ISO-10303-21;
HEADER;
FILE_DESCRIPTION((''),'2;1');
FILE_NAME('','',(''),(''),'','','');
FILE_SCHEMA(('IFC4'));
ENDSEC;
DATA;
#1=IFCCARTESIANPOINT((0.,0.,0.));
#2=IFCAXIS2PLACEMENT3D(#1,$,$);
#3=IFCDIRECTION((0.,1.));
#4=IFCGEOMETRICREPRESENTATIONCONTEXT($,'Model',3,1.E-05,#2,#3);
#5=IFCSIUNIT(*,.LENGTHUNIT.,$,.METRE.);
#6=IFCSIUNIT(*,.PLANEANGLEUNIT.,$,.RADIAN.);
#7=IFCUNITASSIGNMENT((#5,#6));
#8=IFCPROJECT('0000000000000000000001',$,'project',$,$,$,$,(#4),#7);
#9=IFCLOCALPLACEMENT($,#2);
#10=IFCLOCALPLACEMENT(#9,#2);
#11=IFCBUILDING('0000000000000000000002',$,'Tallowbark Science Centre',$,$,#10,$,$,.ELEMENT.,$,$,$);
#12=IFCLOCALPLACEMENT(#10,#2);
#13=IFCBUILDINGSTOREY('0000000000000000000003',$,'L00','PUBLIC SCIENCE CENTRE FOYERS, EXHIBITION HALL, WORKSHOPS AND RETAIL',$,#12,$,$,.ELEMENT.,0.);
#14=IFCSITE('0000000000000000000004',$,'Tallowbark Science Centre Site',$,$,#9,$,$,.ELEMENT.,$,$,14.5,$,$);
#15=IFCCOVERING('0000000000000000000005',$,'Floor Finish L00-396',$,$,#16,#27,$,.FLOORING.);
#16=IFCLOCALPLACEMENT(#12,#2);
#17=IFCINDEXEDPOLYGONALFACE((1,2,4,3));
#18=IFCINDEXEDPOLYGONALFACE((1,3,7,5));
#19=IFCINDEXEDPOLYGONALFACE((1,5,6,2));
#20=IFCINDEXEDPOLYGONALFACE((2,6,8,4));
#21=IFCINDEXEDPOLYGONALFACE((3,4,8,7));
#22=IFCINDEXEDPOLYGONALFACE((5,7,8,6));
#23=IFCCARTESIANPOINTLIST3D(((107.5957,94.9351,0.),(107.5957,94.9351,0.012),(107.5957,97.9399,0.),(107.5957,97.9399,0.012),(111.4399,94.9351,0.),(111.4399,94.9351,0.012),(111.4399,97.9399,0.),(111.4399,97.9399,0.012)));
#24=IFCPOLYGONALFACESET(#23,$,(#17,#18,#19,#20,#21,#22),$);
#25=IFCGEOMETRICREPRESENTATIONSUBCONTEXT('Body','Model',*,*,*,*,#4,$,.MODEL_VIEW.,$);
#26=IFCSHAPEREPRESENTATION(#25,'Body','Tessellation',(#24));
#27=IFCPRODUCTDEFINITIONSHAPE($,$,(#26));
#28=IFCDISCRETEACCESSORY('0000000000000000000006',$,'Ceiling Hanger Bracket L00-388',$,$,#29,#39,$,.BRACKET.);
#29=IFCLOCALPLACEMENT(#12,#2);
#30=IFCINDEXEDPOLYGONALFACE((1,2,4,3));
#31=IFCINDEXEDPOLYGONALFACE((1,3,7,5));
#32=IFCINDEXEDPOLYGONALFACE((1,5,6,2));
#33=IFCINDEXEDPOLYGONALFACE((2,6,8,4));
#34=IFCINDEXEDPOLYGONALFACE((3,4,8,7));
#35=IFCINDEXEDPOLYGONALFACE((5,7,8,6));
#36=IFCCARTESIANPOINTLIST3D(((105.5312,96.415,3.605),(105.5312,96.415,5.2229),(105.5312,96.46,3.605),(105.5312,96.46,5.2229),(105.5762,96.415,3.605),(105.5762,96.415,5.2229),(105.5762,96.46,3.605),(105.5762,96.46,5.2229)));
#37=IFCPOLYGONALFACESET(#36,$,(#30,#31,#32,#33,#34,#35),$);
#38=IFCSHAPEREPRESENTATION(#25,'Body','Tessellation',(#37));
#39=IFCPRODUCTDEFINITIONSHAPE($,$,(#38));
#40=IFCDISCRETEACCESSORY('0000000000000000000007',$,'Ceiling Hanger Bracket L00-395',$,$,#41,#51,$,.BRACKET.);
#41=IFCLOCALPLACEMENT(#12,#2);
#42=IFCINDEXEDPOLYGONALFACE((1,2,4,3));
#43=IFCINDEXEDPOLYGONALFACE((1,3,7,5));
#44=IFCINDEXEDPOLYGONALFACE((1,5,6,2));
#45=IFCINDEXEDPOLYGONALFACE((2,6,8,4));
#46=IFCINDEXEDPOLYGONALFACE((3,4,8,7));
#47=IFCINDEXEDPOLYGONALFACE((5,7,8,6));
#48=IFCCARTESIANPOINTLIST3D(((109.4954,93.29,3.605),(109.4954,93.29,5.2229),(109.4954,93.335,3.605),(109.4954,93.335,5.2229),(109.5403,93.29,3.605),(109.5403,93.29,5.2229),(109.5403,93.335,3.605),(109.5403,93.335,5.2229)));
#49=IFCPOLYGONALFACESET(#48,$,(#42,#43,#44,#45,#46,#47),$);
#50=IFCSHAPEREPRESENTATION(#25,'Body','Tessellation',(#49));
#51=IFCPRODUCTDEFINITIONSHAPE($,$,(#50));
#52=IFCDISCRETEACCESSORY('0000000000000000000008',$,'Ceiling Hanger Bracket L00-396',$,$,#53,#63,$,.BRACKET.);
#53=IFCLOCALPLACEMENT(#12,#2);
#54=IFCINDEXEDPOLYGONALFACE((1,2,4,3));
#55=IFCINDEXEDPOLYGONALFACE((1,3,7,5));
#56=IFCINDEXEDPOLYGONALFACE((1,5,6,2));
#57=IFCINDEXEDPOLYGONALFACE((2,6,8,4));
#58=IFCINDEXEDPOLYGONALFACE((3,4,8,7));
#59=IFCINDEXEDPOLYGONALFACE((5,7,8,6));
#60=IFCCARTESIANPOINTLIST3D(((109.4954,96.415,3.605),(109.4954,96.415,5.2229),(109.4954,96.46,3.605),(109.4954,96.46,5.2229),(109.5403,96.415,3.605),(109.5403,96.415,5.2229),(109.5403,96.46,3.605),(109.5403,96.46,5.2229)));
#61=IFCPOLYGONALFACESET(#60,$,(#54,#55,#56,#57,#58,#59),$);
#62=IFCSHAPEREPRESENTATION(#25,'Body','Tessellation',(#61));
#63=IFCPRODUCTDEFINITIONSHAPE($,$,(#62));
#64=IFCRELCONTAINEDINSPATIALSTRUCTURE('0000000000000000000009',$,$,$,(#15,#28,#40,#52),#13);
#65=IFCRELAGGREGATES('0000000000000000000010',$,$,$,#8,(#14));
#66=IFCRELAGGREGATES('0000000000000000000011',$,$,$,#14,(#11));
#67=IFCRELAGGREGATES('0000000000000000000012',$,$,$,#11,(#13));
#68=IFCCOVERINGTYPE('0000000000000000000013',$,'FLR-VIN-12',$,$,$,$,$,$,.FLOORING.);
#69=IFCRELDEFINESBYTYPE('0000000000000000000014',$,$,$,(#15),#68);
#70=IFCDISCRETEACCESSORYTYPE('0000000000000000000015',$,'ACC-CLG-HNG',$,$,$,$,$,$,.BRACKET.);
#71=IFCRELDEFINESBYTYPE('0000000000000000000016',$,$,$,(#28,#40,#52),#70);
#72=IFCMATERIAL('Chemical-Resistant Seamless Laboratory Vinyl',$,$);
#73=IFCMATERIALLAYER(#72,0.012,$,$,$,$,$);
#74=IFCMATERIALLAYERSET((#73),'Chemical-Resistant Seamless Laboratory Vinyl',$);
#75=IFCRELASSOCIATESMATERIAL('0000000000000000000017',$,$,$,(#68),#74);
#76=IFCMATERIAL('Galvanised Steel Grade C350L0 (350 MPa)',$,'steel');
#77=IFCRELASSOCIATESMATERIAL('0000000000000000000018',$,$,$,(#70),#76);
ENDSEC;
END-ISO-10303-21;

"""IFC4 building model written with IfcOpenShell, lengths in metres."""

from ifc_helpers import new_model, si_unit, direction, frame, origin, origin_2d, place, context, subcontext, project, spatial, rectangle, extrude, material, layer, layer_set, type_object, element, save


model = new_model("IFC4")

# Units and contexts
model_context = context("Model", 3, precision=1e-05, world=origin(), true_north=direction((0.0, 1.0)))
body_context = subcontext(model_context, "Body", "Model", "MODEL_VIEW")
ifc_project = project(units=[si_unit("LENGTHUNIT", "METRE"), si_unit("PLANEANGLEUNIT", "RADIAN")], contexts=[model_context])

# Site, building, storey
site_placement = place(None, origin())
site = spatial("IfcSite", under=ifc_project, at=site_placement, Name="Tallowbark Science Centre Site", CompositionType="ELEMENT", RefElevation=14.5)
building_placement = place(site_placement, origin())
building = spatial("IfcBuilding", under=site, at=building_placement, Name="Tallowbark Science Centre", CompositionType="ELEMENT")
storey_placement = place(building_placement, origin())
storey = spatial("IfcBuildingStorey", under=building, at=storey_placement, Name="L00", Description="PUBLIC SCIENCE CENTRE FOYERS, EXHIBITION HALL, WORKSHOPS AND RETAIL", CompositionType="ELEMENT", Elevation=0.0)

# Covering
ifc_material_1 = material(Name="Chemical-Resistant Seamless Laboratory Vinyl")
ifc_layer_1 = layer(ifc_material_1, 0.012)
ifc_layer_set_1 = layer_set([ifc_layer_1], Name="Chemical-Resistant Seamless Laboratory Vinyl")
covering_type_1 = type_object("IfcCoveringType", Name="FLR-VIN-12", PredefinedType="FLOORING", material=ifc_layer_set_1)
covering_placement = place(storey_placement, frame((109.5178, 96.4375, 0.0), z_axis=(0.0, 0.0, 1.0), x_axis=(1.0, 0.0, 0.0)))
element("IfcCovering", 1, at=covering_placement, inside=storey, type_object=covering_type_1, Name="Floor Finish L00-396", PredefinedType="FLOORING", context=body_context, shape_type="SweptSolid", body=[
    extrude(rectangle(XDim=3.8442, YDim=3.0049, at=origin_2d()), origin(), (0.0, 0.0, 1.0), 0.012),
])

# Discrete accessories
ifc_material_2 = material(Name="Galvanised Steel Grade C350L0 (350 MPa)", Category="steel")
discrete_accessory_type = type_object("IfcDiscreteAccessoryType", Name="ACC-CLG-HNG", PredefinedType="BRACKET", material=ifc_material_2)
for number, where, z_axis, x_axis, name in (
    (2, (105.5537, 96.4375, 3.605), (0.0, 0.0, 1.0), (1.0, 0.0, 0.0), "Ceiling Hanger Bracket L00-388"),
    (3, (109.5178, 93.3125, 3.605), (0.0, 0.0, 1.0), (1.0, 0.0, 0.0), "Ceiling Hanger Bracket L00-395"),
    (4, (109.5178, 96.4375, 3.605), (0.0, 0.0, 1.0), (1.0, 0.0, 0.0), "Ceiling Hanger Bracket L00-396"),
):
    element("IfcDiscreteAccessory", number, at=place(storey_placement, frame(where, z_axis=z_axis, x_axis=x_axis)), inside=storey, type_object=discrete_accessory_type, Name=name, PredefinedType="BRACKET", context=body_context, shape_type="SweptSolid", body=[
        extrude(rectangle(XDim=0.0449, YDim=0.0449, at=origin_2d()), origin(), (0.0, 0.0, 1.0), 1.6179),
    ])

save(model, "model.ifc")
